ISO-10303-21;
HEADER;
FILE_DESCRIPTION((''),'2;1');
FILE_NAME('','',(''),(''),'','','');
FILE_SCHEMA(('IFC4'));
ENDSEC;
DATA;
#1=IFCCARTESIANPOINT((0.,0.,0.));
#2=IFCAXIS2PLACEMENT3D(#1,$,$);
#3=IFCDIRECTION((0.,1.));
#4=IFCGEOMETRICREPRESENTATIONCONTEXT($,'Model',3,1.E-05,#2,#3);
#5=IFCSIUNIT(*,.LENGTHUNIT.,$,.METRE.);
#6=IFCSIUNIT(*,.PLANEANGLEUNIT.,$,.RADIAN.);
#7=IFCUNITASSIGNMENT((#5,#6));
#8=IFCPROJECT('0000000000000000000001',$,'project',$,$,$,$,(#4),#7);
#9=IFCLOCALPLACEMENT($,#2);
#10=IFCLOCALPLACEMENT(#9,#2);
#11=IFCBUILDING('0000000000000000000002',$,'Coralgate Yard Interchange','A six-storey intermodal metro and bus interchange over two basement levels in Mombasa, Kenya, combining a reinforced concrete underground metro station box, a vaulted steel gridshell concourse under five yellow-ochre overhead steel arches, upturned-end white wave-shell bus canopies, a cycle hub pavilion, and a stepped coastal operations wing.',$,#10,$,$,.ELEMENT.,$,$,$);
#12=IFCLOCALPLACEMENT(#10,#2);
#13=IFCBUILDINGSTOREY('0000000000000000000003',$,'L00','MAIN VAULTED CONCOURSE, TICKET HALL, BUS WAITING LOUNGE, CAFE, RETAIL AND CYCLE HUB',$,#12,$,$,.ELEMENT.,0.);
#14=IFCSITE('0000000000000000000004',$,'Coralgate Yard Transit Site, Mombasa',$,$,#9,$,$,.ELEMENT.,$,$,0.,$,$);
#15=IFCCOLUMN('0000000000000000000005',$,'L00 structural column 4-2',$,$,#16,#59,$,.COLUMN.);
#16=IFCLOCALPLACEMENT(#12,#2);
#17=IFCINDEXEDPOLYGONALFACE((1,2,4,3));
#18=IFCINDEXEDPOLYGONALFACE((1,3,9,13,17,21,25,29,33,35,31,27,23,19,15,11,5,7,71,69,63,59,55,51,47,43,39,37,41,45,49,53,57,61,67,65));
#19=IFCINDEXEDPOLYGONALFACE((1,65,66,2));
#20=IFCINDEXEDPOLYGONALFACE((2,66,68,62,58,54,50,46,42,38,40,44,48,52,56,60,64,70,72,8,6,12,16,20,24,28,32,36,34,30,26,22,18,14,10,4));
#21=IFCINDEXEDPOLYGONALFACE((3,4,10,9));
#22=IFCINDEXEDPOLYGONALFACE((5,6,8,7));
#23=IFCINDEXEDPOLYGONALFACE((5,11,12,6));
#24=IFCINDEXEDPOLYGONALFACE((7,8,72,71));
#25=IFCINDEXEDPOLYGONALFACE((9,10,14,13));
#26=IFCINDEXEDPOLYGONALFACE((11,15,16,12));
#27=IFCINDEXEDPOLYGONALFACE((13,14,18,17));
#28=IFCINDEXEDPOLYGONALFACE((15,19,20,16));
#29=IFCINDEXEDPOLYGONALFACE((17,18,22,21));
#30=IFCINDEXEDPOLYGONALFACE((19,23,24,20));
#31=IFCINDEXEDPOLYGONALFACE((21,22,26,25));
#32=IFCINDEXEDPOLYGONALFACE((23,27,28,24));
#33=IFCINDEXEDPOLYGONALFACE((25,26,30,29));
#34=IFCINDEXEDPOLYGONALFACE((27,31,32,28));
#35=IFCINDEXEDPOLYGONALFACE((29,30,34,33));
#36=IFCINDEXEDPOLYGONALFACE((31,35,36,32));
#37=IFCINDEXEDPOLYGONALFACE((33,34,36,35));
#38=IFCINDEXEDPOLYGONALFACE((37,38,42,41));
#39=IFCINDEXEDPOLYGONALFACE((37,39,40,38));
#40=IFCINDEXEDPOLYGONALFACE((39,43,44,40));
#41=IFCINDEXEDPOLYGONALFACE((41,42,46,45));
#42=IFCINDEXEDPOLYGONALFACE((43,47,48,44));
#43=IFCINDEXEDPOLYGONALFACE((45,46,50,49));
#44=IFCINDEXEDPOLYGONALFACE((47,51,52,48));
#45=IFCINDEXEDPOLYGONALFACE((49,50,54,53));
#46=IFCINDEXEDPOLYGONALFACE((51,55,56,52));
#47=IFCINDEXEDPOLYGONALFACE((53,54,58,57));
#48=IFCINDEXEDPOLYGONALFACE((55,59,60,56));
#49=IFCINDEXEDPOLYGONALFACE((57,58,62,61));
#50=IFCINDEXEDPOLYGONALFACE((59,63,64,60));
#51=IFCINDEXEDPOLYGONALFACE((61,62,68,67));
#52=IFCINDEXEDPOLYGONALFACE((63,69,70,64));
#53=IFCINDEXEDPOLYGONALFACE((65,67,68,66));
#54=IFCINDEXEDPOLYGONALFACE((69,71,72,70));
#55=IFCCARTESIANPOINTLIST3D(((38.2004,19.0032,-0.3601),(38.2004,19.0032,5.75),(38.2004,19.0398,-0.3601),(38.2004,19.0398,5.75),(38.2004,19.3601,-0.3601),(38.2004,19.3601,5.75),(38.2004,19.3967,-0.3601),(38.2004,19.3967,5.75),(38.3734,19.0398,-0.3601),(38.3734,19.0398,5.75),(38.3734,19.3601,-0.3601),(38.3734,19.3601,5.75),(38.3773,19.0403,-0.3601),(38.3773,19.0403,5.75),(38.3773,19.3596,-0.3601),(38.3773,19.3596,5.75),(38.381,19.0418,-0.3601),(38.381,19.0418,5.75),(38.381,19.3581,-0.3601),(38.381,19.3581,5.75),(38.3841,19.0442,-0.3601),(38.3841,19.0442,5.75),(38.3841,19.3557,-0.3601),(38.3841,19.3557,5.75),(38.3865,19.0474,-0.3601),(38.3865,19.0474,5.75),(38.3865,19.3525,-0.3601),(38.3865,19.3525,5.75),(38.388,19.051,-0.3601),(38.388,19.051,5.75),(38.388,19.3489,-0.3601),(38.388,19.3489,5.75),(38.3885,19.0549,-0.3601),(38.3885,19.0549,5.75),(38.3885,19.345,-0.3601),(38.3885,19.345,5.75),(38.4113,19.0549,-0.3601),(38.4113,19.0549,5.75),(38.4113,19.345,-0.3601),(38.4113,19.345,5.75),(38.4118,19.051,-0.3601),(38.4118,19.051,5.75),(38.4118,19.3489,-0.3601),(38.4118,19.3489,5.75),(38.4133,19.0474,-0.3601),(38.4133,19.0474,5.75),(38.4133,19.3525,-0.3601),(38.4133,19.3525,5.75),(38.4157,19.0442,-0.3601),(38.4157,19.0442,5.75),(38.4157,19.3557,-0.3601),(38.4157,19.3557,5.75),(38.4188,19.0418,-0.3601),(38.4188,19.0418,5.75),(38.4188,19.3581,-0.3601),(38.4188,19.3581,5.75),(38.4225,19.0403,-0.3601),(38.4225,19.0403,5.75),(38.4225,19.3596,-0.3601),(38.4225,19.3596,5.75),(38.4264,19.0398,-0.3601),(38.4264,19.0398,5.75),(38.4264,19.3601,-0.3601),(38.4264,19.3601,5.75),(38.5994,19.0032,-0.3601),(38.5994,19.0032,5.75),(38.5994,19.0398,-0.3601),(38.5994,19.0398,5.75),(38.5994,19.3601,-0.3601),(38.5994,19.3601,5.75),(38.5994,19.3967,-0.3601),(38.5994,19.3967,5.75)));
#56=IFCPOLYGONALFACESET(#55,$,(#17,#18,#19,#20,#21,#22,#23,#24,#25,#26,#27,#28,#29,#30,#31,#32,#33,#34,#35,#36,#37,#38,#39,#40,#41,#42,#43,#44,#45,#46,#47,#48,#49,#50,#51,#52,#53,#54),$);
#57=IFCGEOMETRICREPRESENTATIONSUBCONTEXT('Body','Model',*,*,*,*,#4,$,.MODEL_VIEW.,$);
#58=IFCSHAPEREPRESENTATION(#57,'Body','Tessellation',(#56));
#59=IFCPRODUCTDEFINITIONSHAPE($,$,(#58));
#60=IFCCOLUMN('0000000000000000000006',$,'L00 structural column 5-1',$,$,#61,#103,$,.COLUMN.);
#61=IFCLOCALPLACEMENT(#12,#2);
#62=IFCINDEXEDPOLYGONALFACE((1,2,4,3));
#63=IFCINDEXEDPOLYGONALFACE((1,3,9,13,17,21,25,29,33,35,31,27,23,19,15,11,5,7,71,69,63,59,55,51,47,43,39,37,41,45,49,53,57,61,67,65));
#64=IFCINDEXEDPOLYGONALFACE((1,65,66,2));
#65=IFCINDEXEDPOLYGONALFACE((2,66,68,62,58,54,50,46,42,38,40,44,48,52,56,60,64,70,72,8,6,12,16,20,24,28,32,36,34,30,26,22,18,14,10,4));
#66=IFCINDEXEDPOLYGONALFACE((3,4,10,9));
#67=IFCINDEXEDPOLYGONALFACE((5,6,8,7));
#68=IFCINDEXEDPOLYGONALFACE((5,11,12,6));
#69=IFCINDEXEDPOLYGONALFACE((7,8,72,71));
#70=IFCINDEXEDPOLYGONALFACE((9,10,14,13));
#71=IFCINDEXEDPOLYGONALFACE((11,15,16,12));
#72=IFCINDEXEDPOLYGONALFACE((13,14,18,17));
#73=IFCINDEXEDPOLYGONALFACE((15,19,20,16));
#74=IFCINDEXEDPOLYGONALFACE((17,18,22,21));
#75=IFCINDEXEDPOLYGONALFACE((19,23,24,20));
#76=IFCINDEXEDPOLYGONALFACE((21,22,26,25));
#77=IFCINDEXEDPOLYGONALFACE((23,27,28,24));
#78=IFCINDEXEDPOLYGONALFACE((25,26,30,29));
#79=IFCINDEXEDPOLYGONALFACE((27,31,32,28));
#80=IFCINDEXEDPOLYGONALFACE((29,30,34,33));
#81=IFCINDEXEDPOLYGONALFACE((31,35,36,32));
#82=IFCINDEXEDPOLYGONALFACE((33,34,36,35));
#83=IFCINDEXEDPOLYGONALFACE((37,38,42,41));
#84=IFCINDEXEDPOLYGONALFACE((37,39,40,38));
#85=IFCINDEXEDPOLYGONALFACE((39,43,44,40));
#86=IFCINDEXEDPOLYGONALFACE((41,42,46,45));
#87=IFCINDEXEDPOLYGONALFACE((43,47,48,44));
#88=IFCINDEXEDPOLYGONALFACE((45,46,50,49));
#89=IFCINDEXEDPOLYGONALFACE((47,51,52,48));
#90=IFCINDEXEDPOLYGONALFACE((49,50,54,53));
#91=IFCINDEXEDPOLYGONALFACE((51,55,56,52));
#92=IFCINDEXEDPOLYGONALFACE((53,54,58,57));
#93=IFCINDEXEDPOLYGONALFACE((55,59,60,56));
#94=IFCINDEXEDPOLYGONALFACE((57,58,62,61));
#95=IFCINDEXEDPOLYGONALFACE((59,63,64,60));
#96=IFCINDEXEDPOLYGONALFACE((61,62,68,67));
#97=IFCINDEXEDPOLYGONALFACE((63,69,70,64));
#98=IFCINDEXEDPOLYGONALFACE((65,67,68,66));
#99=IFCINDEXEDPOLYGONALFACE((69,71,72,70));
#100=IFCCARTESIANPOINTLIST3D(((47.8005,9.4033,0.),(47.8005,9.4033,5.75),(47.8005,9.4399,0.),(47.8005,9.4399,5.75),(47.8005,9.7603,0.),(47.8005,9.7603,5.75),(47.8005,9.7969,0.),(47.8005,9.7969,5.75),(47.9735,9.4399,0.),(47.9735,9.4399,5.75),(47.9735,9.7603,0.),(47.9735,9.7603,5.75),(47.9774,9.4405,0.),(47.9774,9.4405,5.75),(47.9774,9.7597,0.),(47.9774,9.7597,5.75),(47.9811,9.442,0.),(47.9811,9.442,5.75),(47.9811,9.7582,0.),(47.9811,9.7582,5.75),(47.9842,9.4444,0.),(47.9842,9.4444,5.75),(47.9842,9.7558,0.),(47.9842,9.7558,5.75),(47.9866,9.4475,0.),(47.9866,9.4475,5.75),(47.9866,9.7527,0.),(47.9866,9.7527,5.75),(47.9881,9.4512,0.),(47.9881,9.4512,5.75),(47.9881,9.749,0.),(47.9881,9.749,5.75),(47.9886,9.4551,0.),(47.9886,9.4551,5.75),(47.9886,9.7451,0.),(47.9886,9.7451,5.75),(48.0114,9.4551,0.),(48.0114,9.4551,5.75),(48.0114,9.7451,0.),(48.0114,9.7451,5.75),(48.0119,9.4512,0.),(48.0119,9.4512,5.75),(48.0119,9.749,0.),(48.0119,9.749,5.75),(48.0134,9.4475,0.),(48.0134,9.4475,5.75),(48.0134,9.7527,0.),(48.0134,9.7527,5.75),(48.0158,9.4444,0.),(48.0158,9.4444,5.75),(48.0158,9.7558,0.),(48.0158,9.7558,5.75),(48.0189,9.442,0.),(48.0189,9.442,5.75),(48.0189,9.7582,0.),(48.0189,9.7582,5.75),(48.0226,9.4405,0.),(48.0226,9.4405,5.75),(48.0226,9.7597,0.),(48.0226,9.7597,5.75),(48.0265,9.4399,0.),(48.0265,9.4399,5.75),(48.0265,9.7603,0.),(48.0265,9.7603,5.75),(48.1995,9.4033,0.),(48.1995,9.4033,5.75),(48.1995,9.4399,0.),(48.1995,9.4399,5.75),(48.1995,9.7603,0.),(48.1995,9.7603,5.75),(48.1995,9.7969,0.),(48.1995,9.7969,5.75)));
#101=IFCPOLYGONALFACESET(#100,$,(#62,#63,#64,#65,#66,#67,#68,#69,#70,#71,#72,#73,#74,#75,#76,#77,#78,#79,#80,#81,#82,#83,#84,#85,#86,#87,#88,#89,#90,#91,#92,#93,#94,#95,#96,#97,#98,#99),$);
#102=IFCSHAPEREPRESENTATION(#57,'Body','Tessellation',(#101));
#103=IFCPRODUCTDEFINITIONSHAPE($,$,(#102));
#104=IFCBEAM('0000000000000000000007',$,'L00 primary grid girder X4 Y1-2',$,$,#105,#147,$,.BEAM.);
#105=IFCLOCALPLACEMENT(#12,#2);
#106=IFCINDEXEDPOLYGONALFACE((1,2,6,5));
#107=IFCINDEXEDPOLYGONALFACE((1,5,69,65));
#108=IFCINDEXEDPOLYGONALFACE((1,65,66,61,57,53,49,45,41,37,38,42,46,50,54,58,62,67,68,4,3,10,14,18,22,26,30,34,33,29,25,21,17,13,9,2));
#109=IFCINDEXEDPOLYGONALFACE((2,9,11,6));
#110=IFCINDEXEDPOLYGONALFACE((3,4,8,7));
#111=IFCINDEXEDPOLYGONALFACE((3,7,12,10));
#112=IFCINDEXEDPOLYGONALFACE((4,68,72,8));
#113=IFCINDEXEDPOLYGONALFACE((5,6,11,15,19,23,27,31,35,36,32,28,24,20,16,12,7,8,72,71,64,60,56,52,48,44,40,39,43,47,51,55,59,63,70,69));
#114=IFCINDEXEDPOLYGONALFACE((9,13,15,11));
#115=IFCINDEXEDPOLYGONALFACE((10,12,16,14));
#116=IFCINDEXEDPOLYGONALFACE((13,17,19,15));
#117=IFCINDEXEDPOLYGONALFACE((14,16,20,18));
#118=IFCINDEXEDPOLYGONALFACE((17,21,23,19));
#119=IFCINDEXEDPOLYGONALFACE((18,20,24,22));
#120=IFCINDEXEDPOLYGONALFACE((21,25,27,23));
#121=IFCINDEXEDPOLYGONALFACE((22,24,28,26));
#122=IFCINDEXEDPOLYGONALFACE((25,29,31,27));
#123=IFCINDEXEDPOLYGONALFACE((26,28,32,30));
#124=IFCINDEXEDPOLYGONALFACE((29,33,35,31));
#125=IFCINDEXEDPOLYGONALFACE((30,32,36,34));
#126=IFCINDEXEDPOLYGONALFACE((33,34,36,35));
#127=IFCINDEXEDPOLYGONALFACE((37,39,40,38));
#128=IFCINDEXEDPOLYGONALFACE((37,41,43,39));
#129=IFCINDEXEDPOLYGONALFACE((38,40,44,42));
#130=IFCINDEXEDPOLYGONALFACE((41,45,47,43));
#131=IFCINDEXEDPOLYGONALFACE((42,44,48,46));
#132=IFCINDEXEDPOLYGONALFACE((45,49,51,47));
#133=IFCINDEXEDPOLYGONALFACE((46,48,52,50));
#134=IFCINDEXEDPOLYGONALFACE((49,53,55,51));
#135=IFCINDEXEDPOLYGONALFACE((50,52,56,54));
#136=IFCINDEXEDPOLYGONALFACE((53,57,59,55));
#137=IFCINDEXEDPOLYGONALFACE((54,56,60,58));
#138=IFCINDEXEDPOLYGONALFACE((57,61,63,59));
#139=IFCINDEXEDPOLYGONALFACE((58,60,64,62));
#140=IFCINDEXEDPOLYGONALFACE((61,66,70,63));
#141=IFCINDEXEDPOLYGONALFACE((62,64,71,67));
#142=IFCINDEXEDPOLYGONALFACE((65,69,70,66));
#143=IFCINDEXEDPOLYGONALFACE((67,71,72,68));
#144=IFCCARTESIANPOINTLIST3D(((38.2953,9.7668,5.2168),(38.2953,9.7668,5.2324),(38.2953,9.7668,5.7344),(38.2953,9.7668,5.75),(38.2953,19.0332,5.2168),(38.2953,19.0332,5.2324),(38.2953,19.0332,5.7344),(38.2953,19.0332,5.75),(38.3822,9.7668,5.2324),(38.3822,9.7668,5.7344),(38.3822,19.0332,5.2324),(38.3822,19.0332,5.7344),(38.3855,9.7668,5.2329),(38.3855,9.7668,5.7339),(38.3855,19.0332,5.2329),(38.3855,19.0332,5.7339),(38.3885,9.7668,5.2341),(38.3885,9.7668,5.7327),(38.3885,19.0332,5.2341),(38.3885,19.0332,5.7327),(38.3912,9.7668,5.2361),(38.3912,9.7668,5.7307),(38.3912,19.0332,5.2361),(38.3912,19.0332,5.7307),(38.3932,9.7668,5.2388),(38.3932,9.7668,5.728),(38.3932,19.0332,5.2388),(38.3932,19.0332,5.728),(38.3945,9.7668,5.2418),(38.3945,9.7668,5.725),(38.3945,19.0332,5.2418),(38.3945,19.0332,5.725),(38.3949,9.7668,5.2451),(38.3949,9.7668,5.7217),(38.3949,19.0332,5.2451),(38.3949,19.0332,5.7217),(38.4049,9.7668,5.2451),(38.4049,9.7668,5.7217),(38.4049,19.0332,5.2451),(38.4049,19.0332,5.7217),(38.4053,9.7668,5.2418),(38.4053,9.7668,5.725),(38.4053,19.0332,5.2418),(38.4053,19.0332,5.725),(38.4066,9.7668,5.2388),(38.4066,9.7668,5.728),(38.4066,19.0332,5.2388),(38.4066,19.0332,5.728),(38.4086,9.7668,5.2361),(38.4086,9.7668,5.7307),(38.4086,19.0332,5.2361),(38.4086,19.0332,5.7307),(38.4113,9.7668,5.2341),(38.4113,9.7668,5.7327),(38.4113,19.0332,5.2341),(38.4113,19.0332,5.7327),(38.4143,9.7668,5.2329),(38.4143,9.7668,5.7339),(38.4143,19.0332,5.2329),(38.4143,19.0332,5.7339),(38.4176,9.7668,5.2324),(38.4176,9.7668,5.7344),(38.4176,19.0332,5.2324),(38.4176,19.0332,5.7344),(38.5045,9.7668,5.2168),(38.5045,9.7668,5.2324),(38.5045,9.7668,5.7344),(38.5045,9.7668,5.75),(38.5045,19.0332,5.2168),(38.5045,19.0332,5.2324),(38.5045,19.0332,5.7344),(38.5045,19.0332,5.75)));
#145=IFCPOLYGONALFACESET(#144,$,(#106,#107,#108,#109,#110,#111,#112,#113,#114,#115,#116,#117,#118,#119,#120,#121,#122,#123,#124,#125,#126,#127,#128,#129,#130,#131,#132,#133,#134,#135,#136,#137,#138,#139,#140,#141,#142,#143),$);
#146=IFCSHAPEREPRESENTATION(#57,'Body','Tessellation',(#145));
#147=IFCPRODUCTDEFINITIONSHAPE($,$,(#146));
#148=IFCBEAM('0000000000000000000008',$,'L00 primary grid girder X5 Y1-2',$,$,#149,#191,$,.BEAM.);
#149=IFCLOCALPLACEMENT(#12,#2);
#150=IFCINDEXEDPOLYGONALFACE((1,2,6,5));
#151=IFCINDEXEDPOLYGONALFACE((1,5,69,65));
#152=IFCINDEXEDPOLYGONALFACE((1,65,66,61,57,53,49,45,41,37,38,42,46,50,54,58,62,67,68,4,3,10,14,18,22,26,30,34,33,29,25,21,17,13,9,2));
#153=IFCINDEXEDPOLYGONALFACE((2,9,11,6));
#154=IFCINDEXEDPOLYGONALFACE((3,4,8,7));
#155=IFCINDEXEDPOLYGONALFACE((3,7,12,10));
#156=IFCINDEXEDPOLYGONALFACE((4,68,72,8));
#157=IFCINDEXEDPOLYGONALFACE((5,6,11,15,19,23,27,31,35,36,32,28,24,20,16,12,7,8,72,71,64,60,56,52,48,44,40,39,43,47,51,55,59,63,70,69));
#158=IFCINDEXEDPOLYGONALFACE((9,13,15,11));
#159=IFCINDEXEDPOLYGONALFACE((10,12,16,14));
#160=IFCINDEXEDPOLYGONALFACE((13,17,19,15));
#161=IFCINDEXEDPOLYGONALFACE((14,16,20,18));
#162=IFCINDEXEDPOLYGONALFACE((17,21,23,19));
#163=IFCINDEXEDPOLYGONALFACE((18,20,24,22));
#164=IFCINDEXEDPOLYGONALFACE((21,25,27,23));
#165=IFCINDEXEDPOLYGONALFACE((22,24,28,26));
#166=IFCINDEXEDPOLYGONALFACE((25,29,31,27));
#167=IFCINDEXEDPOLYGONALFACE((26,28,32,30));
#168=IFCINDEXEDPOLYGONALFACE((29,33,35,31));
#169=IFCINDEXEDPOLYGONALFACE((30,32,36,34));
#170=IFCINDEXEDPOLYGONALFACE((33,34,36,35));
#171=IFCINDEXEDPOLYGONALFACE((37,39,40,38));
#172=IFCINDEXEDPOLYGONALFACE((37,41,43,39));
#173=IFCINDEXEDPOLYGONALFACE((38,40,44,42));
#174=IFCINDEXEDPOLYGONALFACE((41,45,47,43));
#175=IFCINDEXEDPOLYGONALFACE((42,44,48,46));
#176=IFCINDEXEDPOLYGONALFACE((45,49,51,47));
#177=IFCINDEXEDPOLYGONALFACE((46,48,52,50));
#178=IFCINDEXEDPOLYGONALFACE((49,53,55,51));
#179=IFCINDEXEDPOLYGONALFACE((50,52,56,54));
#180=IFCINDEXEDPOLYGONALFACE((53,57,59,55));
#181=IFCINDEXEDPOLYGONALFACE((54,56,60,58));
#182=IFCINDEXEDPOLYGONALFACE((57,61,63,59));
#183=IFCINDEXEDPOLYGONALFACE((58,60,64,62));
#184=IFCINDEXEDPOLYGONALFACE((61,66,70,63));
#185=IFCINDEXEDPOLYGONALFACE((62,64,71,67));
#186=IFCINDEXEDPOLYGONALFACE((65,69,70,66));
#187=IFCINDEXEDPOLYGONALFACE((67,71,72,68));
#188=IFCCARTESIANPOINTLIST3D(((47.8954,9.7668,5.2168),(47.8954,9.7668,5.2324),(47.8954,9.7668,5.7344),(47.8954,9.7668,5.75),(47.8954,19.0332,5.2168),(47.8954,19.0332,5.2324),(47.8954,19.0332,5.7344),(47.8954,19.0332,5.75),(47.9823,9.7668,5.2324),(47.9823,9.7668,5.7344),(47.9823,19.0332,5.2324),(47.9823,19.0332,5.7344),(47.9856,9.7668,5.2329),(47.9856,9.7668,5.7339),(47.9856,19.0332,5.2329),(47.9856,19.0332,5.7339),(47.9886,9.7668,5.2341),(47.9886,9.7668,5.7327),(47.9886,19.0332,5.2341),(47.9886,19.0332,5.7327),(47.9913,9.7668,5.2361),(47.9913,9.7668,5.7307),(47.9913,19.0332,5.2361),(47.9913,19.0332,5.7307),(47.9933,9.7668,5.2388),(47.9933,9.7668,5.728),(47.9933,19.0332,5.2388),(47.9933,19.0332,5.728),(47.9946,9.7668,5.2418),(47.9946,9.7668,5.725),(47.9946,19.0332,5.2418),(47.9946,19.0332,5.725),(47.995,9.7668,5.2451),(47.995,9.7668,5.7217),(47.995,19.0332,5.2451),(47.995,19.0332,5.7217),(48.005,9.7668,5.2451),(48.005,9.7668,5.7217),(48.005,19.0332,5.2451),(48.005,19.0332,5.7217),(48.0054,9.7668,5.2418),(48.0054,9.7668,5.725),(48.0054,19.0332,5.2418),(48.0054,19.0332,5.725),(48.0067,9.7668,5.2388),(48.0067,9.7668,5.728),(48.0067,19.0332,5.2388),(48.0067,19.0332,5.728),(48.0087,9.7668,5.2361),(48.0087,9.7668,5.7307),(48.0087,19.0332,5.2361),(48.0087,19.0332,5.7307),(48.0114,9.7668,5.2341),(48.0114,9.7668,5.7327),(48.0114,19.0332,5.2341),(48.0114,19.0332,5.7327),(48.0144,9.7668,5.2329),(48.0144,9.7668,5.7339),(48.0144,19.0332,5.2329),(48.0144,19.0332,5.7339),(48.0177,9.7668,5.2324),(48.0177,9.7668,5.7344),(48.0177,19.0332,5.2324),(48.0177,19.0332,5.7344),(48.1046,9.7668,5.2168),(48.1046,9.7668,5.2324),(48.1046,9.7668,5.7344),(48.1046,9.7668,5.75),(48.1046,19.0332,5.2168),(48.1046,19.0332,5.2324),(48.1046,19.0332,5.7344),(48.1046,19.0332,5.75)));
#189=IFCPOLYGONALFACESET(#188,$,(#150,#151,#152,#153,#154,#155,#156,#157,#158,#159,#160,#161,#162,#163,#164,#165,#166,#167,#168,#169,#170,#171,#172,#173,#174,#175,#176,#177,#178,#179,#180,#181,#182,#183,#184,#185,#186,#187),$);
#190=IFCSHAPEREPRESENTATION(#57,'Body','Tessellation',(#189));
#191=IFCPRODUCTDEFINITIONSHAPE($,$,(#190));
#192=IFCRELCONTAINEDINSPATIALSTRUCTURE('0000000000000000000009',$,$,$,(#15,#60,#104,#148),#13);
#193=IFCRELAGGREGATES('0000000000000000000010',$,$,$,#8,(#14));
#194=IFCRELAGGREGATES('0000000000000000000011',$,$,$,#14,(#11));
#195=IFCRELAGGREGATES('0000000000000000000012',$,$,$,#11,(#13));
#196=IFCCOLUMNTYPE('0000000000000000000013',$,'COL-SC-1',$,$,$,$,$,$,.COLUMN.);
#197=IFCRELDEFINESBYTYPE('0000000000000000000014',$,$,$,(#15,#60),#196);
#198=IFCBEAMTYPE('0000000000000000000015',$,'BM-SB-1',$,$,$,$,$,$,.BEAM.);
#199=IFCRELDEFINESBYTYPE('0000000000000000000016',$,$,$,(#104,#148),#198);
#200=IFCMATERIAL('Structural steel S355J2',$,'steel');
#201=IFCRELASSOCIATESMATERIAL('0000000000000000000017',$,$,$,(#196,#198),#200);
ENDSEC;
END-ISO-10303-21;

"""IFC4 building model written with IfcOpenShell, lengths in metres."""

from ifc_helpers import new_model, si_unit, direction, frame, origin, origin_2d, place, context, subcontext, project, spatial, i_section, extrude, material, material_profile, profile_set, type_object, element, save


model = new_model("IFC4")

# Units and contexts
model_context = context("Model", 3, precision=1e-05, world=origin(), true_north=direction((0.0, 1.0)))
body_context = subcontext(model_context, "Body", "Model", "MODEL_VIEW")
ifc_project = project(units=[si_unit("LENGTHUNIT", "METRE"), si_unit("PLANEANGLEUNIT", "RADIAN")], contexts=[model_context])

# Site, building, storey
site_placement = place(None, origin())
site = spatial("IfcSite", under=ifc_project, at=site_placement, Name="Coralgate Yard Transit Site, Mombasa", CompositionType="ELEMENT", RefElevation=0.0)
building_placement = place(site_placement, origin())
building = spatial("IfcBuilding", under=site, at=building_placement, Name="Coralgate Yard Interchange", Description="A six-storey intermodal metro and bus interchange over two basement levels in Mombasa, Kenya, combining a reinforced concrete underground metro station box, a vaulted steel gridshell concourse under five yellow-ochre overhead steel arches, upturned-end white wave-shell bus canopies, a cycle hub pavilion, and a stepped coastal operations wing.", CompositionType="ELEMENT")
storey_placement = place(building_placement, origin())
storey = spatial("IfcBuildingStorey", under=building, at=storey_placement, Name="L00", Description="MAIN VAULTED CONCOURSE, TICKET HALL, BUS WAITING LOUNGE, CAFE, RETAIL AND CYCLE HUB", CompositionType="ELEMENT", Elevation=0.0)

# Columns
ifc_material_1 = material(Name="Structural steel S355J2", Category="steel")
ifc_material_profile_1 = material_profile(ifc_material_1, i_section(OverallWidth=0.3989, OverallDepth=0.3936, WebThickness=0.0227, FlangeThickness=0.0366, FilletRadius=0.0151, at=origin_2d()), Name="UC 356x406x287")
ifc_profile_set_1 = profile_set([ifc_material_profile_1], Name="Structural steel S355J2")
column_type = type_object("IfcColumnType", Name="COL-SC-1", PredefinedType="COLUMN", material=ifc_profile_set_1)
for number, where, z_axis, x_axis, name in (
    (1, (38.3999, 19.2, -0.3601), (0.0, 0.0, 1.0), (1.0, 0.0, 0.0), "L00 structural column 4-2"),
):
    element("IfcColumn", number, at=place(storey_placement, frame(where, z_axis=z_axis, x_axis=x_axis)), inside=storey, type_object=column_type, Name=name, PredefinedType="COLUMN", context=body_context, shape_type="SweptSolid", body=[
        extrude(i_section(OverallWidth=0.3989, OverallDepth=0.3936, WebThickness=0.0227, FlangeThickness=0.0366, FilletRadius=0.0151, at=origin_2d()), origin(), (0.0, 0.0, 1.0), 6.1101),
    ])
column_placement = place(storey_placement, frame((48.0, 9.6001, 0.0), z_axis=(0.0, 0.0, 1.0), x_axis=(1.0, 0.0, 0.0)))
element("IfcColumn", 2, at=column_placement, inside=storey, type_object=column_type, Name="L00 structural column 5-1", PredefinedType="COLUMN", context=body_context, shape_type="SweptSolid", body=[
    extrude(i_section(OverallWidth=0.3989, OverallDepth=0.3936, WebThickness=0.0227, FlangeThickness=0.0366, FilletRadius=0.0151, at=origin_2d()), origin(), (0.0, 0.0, 1.0), 5.75),
])

# Beams
ifc_material_profile_2 = material_profile(ifc_material_1, i_section(OverallWidth=0.2092, OverallDepth=0.5332, WebThickness=0.01, FlangeThickness=0.0156, FilletRadius=0.0127, at=origin_2d()), Name="UB 533x210x92")
ifc_profile_set_2 = profile_set([ifc_material_profile_2], Name="Structural steel S355J2")
beam_type_1 = type_object("IfcBeamType", Name="BM-SB-1", PredefinedType="BEAM", material=ifc_profile_set_2)
for number, where, z_axis, x_axis, name in (
    (3, (38.3999, 9.7668, 5.4834), (0.0, 1.0, 0.0), (-1.0, 0.0, 0.0), "L00 primary grid girder X4 Y1-2"),
    (4, (48.0, 9.7668, 5.4834), (0.0, 1.0, 0.0), (-1.0, 0.0, 0.0), "L00 primary grid girder X5 Y1-2"),
):
    element("IfcBeam", number, at=place(storey_placement, frame(where, z_axis=z_axis, x_axis=x_axis)), inside=storey, type_object=beam_type_1, Name=name, PredefinedType="BEAM", context=body_context, shape_type="SweptSolid", body=[
        extrude(i_section(OverallWidth=0.2092, OverallDepth=0.5332, WebThickness=0.01, FlangeThickness=0.0156, FilletRadius=0.0127, at=origin_2d()), origin(), (0.0, 0.0, 1.0), 9.2664),
    ])

save(model, "model.ifc")
